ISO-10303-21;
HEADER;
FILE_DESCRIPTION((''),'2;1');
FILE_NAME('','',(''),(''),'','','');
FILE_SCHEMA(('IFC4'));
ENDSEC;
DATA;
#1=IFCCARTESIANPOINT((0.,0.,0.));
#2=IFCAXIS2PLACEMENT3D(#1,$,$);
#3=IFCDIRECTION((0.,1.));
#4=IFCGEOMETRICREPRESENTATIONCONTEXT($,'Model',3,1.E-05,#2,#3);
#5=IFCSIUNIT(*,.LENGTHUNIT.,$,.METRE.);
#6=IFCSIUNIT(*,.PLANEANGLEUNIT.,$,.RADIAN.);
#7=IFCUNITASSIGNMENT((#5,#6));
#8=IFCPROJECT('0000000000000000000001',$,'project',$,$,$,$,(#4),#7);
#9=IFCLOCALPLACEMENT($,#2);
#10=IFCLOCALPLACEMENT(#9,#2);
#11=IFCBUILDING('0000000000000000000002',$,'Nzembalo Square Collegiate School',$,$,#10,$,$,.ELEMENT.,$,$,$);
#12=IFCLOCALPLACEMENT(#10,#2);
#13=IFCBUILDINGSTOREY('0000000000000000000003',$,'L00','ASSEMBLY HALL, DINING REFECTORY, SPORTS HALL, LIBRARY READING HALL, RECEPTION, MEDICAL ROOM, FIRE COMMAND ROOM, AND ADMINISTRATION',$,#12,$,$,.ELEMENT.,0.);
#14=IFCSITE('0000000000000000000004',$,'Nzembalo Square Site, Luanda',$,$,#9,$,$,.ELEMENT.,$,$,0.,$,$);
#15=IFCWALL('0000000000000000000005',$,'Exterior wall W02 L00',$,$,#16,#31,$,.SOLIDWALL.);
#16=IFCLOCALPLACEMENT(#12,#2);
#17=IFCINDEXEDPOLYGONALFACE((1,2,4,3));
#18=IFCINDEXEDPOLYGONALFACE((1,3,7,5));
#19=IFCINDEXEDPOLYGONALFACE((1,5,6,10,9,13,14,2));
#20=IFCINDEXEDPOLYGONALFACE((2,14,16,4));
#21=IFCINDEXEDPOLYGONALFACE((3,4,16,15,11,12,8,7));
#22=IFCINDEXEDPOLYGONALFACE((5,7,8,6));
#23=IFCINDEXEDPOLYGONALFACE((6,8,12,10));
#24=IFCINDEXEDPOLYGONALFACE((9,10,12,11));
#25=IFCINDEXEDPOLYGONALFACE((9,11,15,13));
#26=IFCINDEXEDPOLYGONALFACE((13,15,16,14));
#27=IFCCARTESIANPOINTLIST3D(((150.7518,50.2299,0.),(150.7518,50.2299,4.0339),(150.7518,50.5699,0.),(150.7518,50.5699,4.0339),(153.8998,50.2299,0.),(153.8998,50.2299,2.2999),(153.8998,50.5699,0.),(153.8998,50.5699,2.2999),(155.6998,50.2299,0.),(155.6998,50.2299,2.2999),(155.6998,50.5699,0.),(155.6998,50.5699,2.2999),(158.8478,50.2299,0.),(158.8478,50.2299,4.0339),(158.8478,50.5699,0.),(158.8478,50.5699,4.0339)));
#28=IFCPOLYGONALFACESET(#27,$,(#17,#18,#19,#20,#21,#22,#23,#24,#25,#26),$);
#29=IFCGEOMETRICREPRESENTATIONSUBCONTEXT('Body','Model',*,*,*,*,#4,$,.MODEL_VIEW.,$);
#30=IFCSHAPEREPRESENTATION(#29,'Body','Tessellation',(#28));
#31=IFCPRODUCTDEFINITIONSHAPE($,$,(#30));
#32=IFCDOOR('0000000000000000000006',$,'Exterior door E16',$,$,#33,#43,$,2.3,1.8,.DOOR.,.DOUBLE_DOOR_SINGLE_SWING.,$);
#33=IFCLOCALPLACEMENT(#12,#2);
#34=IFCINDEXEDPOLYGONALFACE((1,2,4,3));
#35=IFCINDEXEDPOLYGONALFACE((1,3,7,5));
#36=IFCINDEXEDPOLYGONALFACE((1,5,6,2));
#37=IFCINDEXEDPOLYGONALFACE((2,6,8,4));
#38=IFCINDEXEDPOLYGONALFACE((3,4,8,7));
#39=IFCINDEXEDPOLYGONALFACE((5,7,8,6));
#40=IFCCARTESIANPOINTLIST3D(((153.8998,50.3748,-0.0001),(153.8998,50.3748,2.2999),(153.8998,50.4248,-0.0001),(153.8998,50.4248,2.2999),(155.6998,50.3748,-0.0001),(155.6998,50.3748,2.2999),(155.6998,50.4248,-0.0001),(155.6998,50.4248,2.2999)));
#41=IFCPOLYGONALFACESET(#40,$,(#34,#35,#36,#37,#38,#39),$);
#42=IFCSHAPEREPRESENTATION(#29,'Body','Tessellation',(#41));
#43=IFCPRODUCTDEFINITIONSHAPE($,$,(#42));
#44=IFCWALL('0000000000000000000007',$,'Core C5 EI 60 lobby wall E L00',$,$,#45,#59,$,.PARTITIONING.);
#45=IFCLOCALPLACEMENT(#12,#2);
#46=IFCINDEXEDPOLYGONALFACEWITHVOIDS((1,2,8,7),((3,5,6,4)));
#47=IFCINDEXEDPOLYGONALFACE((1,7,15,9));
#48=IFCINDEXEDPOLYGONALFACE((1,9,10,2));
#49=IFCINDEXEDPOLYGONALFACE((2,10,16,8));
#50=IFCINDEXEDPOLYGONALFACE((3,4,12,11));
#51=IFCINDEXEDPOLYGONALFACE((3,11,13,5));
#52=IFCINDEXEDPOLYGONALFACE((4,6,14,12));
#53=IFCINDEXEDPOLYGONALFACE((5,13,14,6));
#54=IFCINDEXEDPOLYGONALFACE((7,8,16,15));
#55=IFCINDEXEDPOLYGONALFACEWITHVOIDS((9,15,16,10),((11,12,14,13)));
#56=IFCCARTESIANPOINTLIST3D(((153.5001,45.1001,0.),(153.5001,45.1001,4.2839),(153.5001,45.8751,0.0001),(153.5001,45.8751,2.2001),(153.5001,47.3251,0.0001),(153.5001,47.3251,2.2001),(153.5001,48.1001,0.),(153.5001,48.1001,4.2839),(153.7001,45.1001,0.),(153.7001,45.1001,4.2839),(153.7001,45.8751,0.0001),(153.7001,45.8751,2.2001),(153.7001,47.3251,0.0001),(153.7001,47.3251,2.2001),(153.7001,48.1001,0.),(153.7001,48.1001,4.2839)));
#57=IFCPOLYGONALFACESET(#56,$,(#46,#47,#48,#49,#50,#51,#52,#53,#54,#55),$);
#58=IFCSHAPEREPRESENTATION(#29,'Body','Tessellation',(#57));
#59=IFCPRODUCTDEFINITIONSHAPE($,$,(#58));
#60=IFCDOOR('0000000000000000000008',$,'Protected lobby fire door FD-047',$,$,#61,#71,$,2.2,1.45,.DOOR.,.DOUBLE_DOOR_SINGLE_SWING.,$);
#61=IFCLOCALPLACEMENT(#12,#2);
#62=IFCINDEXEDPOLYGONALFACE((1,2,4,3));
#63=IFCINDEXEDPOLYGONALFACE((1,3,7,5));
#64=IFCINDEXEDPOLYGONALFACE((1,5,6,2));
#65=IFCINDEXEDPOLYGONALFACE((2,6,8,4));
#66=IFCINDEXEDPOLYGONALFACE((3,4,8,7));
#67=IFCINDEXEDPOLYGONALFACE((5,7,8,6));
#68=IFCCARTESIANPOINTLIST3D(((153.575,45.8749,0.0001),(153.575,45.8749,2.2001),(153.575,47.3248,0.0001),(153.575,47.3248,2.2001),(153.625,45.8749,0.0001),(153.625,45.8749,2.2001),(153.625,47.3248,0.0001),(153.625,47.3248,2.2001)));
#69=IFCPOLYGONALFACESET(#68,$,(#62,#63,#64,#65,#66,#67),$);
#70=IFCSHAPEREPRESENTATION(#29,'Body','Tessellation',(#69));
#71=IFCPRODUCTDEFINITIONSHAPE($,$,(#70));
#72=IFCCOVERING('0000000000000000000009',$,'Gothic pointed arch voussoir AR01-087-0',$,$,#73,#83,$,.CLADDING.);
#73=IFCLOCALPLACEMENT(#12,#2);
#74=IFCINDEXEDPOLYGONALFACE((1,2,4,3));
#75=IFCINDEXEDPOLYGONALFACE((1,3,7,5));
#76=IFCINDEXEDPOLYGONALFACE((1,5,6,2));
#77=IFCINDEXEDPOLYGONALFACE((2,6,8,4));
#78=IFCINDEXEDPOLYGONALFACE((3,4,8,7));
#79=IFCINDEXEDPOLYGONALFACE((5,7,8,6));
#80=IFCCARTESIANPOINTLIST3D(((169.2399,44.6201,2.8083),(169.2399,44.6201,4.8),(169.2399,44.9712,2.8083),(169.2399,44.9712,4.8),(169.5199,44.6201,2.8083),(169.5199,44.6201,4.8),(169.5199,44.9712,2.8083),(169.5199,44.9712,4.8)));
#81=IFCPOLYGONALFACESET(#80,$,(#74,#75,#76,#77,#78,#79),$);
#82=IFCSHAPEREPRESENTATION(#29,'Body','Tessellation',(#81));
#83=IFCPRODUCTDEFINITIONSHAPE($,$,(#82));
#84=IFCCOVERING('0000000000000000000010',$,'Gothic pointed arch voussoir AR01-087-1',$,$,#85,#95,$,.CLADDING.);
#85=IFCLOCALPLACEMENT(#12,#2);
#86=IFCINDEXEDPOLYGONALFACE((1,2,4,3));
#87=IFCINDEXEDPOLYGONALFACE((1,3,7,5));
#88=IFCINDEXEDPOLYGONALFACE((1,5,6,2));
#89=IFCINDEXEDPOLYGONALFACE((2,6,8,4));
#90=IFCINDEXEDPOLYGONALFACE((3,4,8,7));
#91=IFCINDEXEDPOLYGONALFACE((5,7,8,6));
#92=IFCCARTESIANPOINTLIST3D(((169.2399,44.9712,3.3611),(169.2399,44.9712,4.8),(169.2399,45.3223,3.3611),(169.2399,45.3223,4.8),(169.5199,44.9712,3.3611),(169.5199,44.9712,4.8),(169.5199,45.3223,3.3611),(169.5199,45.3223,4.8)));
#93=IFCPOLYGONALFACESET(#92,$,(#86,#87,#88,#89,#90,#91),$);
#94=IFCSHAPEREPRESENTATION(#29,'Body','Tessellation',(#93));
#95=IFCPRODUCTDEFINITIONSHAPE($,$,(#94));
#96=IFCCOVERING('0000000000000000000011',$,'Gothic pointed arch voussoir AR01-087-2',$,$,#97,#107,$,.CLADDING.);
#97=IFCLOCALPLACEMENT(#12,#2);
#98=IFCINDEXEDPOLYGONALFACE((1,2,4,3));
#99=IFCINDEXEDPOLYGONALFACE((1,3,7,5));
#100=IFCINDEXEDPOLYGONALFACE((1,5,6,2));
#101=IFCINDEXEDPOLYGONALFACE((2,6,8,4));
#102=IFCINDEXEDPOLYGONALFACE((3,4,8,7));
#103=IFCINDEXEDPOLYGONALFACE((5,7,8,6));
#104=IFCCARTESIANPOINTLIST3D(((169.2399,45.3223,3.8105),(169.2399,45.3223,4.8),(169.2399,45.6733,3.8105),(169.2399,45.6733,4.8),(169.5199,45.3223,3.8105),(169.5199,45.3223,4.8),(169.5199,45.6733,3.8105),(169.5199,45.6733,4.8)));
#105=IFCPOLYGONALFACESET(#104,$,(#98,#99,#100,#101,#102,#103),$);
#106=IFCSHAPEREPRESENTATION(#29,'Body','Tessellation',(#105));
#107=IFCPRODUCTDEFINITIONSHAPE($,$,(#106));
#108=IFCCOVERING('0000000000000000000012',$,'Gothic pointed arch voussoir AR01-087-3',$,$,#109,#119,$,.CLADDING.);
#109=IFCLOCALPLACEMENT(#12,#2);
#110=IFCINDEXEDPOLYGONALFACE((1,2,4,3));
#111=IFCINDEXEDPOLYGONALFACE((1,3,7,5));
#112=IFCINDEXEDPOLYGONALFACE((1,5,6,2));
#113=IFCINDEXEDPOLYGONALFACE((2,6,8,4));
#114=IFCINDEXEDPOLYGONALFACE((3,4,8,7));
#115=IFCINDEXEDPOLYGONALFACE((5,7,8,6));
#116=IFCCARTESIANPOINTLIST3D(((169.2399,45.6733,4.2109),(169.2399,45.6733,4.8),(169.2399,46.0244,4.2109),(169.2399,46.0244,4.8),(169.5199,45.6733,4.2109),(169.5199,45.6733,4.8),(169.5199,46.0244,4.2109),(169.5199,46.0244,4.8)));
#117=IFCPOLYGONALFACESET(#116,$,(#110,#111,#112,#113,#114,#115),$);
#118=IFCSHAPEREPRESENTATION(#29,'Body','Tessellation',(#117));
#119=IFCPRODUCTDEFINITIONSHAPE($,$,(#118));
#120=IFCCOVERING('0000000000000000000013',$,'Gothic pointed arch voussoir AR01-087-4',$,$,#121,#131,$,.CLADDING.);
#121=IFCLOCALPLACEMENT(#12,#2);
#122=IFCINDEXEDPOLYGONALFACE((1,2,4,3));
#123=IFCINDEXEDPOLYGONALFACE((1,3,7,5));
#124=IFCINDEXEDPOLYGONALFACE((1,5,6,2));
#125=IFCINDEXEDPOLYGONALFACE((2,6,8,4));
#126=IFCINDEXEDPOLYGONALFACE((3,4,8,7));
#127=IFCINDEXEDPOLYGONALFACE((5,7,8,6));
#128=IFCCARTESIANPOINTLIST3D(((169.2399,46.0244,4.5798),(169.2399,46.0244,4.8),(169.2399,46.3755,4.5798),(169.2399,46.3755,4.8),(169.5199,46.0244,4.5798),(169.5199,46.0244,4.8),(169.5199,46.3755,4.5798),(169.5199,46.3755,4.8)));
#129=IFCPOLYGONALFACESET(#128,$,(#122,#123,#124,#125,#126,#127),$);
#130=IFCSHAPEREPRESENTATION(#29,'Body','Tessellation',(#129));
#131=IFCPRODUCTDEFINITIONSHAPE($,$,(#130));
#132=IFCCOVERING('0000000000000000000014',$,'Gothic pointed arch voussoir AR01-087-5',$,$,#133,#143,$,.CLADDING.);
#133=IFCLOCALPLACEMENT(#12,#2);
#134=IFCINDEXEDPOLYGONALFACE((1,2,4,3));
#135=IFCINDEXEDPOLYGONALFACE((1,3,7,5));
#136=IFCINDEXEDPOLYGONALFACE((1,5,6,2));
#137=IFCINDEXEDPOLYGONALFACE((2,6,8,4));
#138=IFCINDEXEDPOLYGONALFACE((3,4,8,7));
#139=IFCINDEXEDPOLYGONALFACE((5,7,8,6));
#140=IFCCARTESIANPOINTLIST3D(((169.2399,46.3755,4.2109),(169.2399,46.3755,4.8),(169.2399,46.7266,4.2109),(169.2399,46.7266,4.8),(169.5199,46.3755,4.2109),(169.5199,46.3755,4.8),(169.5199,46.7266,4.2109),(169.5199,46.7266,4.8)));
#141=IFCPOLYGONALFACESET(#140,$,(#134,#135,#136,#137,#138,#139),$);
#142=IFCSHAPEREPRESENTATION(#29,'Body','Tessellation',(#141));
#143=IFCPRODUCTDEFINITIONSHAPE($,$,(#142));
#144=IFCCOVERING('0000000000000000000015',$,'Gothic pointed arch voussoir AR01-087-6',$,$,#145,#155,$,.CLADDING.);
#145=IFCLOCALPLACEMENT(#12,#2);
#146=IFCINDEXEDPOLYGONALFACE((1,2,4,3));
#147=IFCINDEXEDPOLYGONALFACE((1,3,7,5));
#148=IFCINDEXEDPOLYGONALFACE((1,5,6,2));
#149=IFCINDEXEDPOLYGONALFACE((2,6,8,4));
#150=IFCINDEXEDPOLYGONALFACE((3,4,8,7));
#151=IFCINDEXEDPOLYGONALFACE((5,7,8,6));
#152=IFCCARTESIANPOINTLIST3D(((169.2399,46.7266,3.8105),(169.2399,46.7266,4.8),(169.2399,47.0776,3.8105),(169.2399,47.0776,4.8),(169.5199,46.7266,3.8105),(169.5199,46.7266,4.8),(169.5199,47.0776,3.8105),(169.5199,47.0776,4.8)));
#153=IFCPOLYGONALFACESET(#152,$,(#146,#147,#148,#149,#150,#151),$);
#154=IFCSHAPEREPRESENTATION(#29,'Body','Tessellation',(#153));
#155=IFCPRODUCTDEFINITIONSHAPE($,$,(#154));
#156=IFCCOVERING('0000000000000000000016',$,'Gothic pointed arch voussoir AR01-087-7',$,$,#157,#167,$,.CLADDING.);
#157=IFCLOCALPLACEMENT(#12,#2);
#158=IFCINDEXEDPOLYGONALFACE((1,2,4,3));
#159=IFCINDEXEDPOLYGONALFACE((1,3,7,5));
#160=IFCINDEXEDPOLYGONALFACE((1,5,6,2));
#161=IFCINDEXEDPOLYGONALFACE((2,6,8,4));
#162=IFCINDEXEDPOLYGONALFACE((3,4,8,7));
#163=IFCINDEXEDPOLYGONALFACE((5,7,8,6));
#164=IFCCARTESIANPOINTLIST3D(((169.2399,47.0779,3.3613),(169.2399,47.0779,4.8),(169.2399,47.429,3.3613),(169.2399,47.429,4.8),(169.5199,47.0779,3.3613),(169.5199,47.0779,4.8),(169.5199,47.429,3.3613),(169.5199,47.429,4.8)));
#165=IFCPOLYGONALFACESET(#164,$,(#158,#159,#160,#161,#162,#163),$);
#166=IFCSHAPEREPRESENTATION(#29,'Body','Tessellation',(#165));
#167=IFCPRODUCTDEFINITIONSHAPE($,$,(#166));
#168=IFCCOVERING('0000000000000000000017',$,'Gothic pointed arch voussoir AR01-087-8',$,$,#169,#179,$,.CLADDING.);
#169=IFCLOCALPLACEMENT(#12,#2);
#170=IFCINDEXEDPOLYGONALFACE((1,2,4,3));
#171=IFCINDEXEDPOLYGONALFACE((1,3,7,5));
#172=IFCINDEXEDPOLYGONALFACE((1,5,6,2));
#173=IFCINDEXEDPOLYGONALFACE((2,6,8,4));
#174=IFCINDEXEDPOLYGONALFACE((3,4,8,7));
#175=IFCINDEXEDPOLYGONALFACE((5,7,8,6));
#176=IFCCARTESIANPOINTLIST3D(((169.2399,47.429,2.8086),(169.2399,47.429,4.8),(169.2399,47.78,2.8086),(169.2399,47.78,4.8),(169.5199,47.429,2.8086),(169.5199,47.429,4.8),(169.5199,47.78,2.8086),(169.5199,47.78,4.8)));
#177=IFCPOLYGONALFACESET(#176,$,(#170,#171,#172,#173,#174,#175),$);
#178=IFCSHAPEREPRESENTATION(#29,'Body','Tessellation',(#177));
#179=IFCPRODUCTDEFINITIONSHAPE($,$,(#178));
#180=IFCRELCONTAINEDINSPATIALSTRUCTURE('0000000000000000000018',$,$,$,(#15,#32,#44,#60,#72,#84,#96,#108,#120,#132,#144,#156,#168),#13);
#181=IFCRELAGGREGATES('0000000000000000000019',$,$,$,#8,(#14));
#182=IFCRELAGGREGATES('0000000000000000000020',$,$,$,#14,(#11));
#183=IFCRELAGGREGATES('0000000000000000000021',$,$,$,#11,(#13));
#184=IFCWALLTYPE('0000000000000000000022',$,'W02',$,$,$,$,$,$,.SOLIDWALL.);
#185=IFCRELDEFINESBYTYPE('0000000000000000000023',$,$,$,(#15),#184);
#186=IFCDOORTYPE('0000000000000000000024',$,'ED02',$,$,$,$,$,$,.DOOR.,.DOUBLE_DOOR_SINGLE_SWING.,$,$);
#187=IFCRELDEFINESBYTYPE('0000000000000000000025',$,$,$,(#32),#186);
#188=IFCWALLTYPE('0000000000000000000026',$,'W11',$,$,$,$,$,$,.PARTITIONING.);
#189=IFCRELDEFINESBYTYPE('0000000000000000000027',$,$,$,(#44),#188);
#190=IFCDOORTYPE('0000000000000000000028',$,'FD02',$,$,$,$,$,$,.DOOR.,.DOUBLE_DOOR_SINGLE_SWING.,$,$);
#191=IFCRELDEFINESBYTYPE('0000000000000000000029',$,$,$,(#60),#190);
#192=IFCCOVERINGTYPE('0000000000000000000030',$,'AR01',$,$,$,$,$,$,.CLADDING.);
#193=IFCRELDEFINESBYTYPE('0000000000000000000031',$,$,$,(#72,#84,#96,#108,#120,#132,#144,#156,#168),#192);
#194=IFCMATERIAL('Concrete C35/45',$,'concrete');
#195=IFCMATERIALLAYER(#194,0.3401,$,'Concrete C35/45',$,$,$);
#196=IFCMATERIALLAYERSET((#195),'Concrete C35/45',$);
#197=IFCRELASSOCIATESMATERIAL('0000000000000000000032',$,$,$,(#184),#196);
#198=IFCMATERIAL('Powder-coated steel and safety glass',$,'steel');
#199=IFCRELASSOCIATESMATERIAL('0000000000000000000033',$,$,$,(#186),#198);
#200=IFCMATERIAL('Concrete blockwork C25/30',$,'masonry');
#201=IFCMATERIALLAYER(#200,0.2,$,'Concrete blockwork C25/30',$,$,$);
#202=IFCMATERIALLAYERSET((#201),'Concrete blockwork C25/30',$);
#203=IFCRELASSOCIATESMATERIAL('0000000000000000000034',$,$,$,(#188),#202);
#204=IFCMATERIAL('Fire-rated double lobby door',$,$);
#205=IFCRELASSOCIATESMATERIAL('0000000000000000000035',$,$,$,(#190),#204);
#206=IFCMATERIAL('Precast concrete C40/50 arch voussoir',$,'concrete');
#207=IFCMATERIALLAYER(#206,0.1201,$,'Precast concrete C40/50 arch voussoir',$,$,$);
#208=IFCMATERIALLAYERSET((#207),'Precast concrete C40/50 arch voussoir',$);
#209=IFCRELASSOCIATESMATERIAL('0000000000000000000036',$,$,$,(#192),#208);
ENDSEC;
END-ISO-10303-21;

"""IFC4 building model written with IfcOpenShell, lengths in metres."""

from ifc_helpers import new_model, si_unit, direction, frame, frame_2d, origin, origin_2d, place, context, subcontext, project, spatial, rectangle, extrude, material, layer, layer_set, type_object, element, fill, save


model = new_model("IFC4")

# Units and contexts
model_context = context("Model", 3, precision=1e-05, world=origin(), true_north=direction((0.0, 1.0)))
body_context = subcontext(model_context, "Body", "Model", "MODEL_VIEW")
ifc_project = project(units=[si_unit("LENGTHUNIT", "METRE"), si_unit("PLANEANGLEUNIT", "RADIAN")], contexts=[model_context])

# Site, building, storey
site_placement = place(None, origin())
site = spatial("IfcSite", under=ifc_project, at=site_placement, Name="Nzembalo Square Site, Luanda", CompositionType="ELEMENT", RefElevation=0.0)
building_placement = place(site_placement, origin())
building = spatial("IfcBuilding", under=site, at=building_placement, Name="Nzembalo Square Collegiate School", CompositionType="ELEMENT")
storey_placement = place(building_placement, origin())
storey = spatial("IfcBuildingStorey", under=building, at=storey_placement, Name="L00", Description="ASSEMBLY HALL, DINING REFECTORY, SPORTS HALL, LIBRARY READING HALL, RECEPTION, MEDICAL ROOM, FIRE COMMAND ROOM, AND ADMINISTRATION", CompositionType="ELEMENT", Elevation=0.0)

# Walls, openings, doors
ifc_material_1 = material(Name="Concrete C35/45", Category="concrete")
ifc_layer_1 = layer(ifc_material_1, 0.3401, Name="Concrete C35/45")
ifc_layer_set_1 = layer_set([ifc_layer_1], Name="Concrete C35/45")
wall_type_1 = type_object("IfcWallType", Name="W02", PredefinedType="SOLIDWALL", material=ifc_layer_set_1)
wall_1_placement = place(storey_placement, frame((150.752, 50.3999, 0.0), z_axis=(0.0, 0.0, 1.0), x_axis=(1.0, 0.0, 0.0)))
wall_1 = element("IfcWall", 1, at=wall_1_placement, inside=storey, type_object=wall_type_1, Name="Exterior wall W02 L00", PredefinedType="SOLIDWALL", context=body_context, shape_type="SweptSolid", body=[
    extrude(rectangle(XDim=8.0959, YDim=0.3401, at=frame_2d((4.0479, 0.0))), origin(), (0.0, 0.0, 1.0), 4.0339),
])
opening_1_placement = place(wall_1_placement, frame((3.1479, 0.0, 0.0)))
opening_1 = element("IfcOpeningElement", 2, at=opening_1_placement, cuts=wall_1, PredefinedType="OPENING", context=body_context, shape_type="SweptSolid", body=[
    extrude(rectangle(XDim=1.8, YDim=2.3, at=frame_2d((0.8999, 1.1499))), frame((0.0, 0.1802, 0.0), z_axis=(0.0, -1.0, 0.0), x_axis=(1.0, 0.0, 0.0)), (0.0, 0.0, 1.0), 0.3601),
])
ifc_material_2 = material(Name="Powder-coated steel and safety glass", Category="steel")
door_type_1 = type_object("IfcDoorType", Name="ED02", OperationType="DOUBLE_DOOR_SINGLE_SWING", PredefinedType="DOOR", material=ifc_material_2)
door_1_placement = place(opening_1_placement, origin())
door_1 = element("IfcDoor", 3, at=door_1_placement, inside=storey, type_object=door_type_1, Name="Exterior door E16", OperationType="DOUBLE_DOOR_SINGLE_SWING", OverallHeight=2.3, OverallWidth=1.8, PredefinedType="DOOR", context=body_context, shape_type="SweptSolid", body=[
    extrude(rectangle(XDim=1.8, YDim=2.3, at=frame_2d((0.8999, 1.1499))), frame((0.0, 0.0249, 0.0), z_axis=(0.0, -1.0, 0.0), x_axis=(1.0, 0.0, 0.0)), (0.0, 0.0, 1.0), 0.05),
])
fill(opening_1, door_1)
ifc_material_3 = material(Name="Concrete blockwork C25/30", Category="masonry")
ifc_layer_2 = layer(ifc_material_3, 0.2, Name="Concrete blockwork C25/30")
ifc_layer_set_2 = layer_set([ifc_layer_2], Name="Concrete blockwork C25/30")
wall_type_2 = type_object("IfcWallType", Name="W11", PredefinedType="PARTITIONING", material=ifc_layer_set_2)
wall_2_placement = place(storey_placement, frame((153.6001, 45.1001, 0.0), z_axis=(0.0, 0.0, 1.0), x_axis=(0.0, 1.0, 0.0)))
wall_2 = element("IfcWall", 4, at=wall_2_placement, inside=storey, type_object=wall_type_2, Name="Core C5 EI 60 lobby wall E L00", PredefinedType="PARTITIONING", context=body_context, shape_type="SweptSolid", body=[
    extrude(rectangle(XDim=3.0, YDim=0.2, at=frame_2d((1.5, 0.0))), origin(), (0.0, 0.0, 1.0), 4.2839),
])
opening_2_placement = place(wall_2_placement, frame((0.7749, 0.0, 0.0)))
opening_2 = element("IfcOpeningElement", 5, at=opening_2_placement, cuts=wall_2, PredefinedType="OPENING", context=body_context, shape_type="SweptSolid", body=[
    extrude(rectangle(XDim=1.45, YDim=2.2, at=frame_2d((0.7251, 1.1001))), frame((0.0, 0.1099, 0.0), z_axis=(0.0, -1.0, 0.0), x_axis=(1.0, 0.0, 0.0)), (0.0, 0.0, 1.0), 0.22),
])
ifc_material_4 = material(Name="Fire-rated double lobby door")
door_type_2 = type_object("IfcDoorType", Name="FD02", OperationType="DOUBLE_DOOR_SINGLE_SWING", PredefinedType="DOOR", material=ifc_material_4)
door_2_placement = place(opening_2_placement, frame((1.45, 0.0, 0.0), z_axis=(0.0, 0.0, 1.0), x_axis=(-1.0, 0.0, 0.0)))
door_2 = element("IfcDoor", 6, at=door_2_placement, inside=storey, type_object=door_type_2, Name="Protected lobby fire door FD-047", OperationType="DOUBLE_DOOR_SINGLE_SWING", OverallHeight=2.2, OverallWidth=1.45, PredefinedType="DOOR", context=body_context, shape_type="SweptSolid", body=[
    extrude(rectangle(XDim=1.45, YDim=2.2, at=frame_2d((0.7251, 1.1001))), frame((0.0, 0.0249, 0.0), z_axis=(0.0, -1.0, 0.0), x_axis=(1.0, 0.0, 0.0)), (0.0, 0.0, 1.0), 0.05),
])
fill(opening_2, door_2)

# Coverings
ifc_material_5 = material(Name="Precast concrete C40/50 arch voussoir", Category="concrete")
ifc_layer_3 = layer(ifc_material_5, 0.1201, Name="Precast concrete C40/50 arch voussoir")
ifc_layer_set_3 = layer_set([ifc_layer_3], Name="Precast concrete C40/50 arch voussoir")
covering_type = type_object("IfcCoveringType", Name="AR01", PredefinedType="CLADDING", material=ifc_layer_set_3)
covering_1_placement = place(storey_placement, frame((169.3799, 44.7957, 2.8083), z_axis=(0.0, 0.0, 1.0), x_axis=(1.0, 0.0, 0.0)))
element("IfcCovering", 7, at=covering_1_placement, inside=storey, type_object=covering_type, Name="Gothic pointed arch voussoir AR01-087-0", PredefinedType="CLADDING", context=body_context, shape_type="SweptSolid", body=[
    extrude(rectangle(XDim=0.28, YDim=0.3511, at=origin_2d()), origin(), (0.0, 0.0, 1.0), 1.9917),
])
covering_2_placement = place(storey_placement, frame((169.3799, 45.1467, 3.3611), z_axis=(0.0, 0.0, 1.0), x_axis=(1.0, 0.0, 0.0)))
element("IfcCovering", 8, at=covering_2_placement, inside=storey, type_object=covering_type, Name="Gothic pointed arch voussoir AR01-087-1", PredefinedType="CLADDING", context=body_context, shape_type="SweptSolid", body=[
    extrude(rectangle(XDim=0.28, YDim=0.3511, at=origin_2d()), origin(), (0.0, 0.0, 1.0), 1.439),
])
covering_3_placement = place(storey_placement, frame((169.3799, 45.4978, 3.8105), z_axis=(0.0, 0.0, 1.0), x_axis=(1.0, 0.0, 0.0)))
element("IfcCovering", 9, at=covering_3_placement, inside=storey, type_object=covering_type, Name="Gothic pointed arch voussoir AR01-087-2", PredefinedType="CLADDING", context=body_context, shape_type="SweptSolid", body=[
    extrude(rectangle(XDim=0.28, YDim=0.3511, at=origin_2d()), origin(), (0.0, 0.0, 1.0), 0.9895),
])
covering_4_placement = place(storey_placement, frame((169.3799, 45.8489, 4.2109), z_axis=(0.0, 0.0, 1.0), x_axis=(1.0, 0.0, 0.0)))
element("IfcCovering", 10, at=covering_4_placement, inside=storey, type_object=covering_type, Name="Gothic pointed arch voussoir AR01-087-3", PredefinedType="CLADDING", context=body_context, shape_type="SweptSolid", body=[
    extrude(rectangle(XDim=0.28, YDim=0.3511, at=origin_2d()), origin(), (0.0, 0.0, 1.0), 0.5891),
])
covering_5_placement = place(storey_placement, frame((169.3799, 46.2, 4.5798), z_axis=(0.0, 0.0, 1.0), x_axis=(1.0, 0.0, 0.0)))
element("IfcCovering", 11, at=covering_5_placement, inside=storey, type_object=covering_type, Name="Gothic pointed arch voussoir AR01-087-4", PredefinedType="CLADDING", context=body_context, shape_type="SweptSolid", body=[
    extrude(rectangle(XDim=0.28, YDim=0.3511, at=origin_2d()), origin(), (0.0, 0.0, 1.0), 0.2202),
])
covering_6_placement = place(storey_placement, frame((169.3799, 46.551, 4.2109), z_axis=(0.0, 0.0, 1.0), x_axis=(1.0, 0.0, 0.0)))
element("IfcCovering", 12, at=covering_6_placement, inside=storey, type_object=covering_type, Name="Gothic pointed arch voussoir AR01-087-5", PredefinedType="CLADDING", context=body_context, shape_type="SweptSolid", body=[
    extrude(rectangle(XDim=0.28, YDim=0.3511, at=origin_2d()), origin(), (0.0, 0.0, 1.0), 0.5891),
])
covering_7_placement = place(storey_placement, frame((169.3799, 46.9021, 3.8105), z_axis=(0.0, 0.0, 1.0), x_axis=(1.0, 0.0, 0.0)))
element("IfcCovering", 13, at=covering_7_placement, inside=storey, type_object=covering_type, Name="Gothic pointed arch voussoir AR01-087-6", PredefinedType="CLADDING", context=body_context, shape_type="SweptSolid", body=[
    extrude(rectangle(XDim=0.28, YDim=0.3511, at=origin_2d()), origin(), (0.0, 0.0, 1.0), 0.9895),
])
covering_8_placement = place(storey_placement, frame((169.3799, 47.2534, 3.3613), z_axis=(0.0, 0.0, 1.0), x_axis=(1.0, 0.0, 0.0)))
element("IfcCovering", 14, at=covering_8_placement, inside=storey, type_object=covering_type, Name="Gothic pointed arch voussoir AR01-087-7", PredefinedType="CLADDING", context=body_context, shape_type="SweptSolid", body=[
    extrude(rectangle(XDim=0.28, YDim=0.3511, at=origin_2d()), origin(), (0.0, 0.0, 1.0), 1.4387),
])
covering_9_placement = place(storey_placement, frame((169.3799, 47.6045, 2.8086), z_axis=(0.0, 0.0, 1.0), x_axis=(1.0, 0.0, 0.0)))
element("IfcCovering", 15, at=covering_9_placement, inside=storey, type_object=covering_type, Name="Gothic pointed arch voussoir AR01-087-8", PredefinedType="CLADDING", context=body_context, shape_type="SweptSolid", body=[
    extrude(rectangle(XDim=0.28, YDim=0.3511, at=origin_2d()), origin(), (0.0, 0.0, 1.0), 1.9915),
])

save(model, "model.ifc")
